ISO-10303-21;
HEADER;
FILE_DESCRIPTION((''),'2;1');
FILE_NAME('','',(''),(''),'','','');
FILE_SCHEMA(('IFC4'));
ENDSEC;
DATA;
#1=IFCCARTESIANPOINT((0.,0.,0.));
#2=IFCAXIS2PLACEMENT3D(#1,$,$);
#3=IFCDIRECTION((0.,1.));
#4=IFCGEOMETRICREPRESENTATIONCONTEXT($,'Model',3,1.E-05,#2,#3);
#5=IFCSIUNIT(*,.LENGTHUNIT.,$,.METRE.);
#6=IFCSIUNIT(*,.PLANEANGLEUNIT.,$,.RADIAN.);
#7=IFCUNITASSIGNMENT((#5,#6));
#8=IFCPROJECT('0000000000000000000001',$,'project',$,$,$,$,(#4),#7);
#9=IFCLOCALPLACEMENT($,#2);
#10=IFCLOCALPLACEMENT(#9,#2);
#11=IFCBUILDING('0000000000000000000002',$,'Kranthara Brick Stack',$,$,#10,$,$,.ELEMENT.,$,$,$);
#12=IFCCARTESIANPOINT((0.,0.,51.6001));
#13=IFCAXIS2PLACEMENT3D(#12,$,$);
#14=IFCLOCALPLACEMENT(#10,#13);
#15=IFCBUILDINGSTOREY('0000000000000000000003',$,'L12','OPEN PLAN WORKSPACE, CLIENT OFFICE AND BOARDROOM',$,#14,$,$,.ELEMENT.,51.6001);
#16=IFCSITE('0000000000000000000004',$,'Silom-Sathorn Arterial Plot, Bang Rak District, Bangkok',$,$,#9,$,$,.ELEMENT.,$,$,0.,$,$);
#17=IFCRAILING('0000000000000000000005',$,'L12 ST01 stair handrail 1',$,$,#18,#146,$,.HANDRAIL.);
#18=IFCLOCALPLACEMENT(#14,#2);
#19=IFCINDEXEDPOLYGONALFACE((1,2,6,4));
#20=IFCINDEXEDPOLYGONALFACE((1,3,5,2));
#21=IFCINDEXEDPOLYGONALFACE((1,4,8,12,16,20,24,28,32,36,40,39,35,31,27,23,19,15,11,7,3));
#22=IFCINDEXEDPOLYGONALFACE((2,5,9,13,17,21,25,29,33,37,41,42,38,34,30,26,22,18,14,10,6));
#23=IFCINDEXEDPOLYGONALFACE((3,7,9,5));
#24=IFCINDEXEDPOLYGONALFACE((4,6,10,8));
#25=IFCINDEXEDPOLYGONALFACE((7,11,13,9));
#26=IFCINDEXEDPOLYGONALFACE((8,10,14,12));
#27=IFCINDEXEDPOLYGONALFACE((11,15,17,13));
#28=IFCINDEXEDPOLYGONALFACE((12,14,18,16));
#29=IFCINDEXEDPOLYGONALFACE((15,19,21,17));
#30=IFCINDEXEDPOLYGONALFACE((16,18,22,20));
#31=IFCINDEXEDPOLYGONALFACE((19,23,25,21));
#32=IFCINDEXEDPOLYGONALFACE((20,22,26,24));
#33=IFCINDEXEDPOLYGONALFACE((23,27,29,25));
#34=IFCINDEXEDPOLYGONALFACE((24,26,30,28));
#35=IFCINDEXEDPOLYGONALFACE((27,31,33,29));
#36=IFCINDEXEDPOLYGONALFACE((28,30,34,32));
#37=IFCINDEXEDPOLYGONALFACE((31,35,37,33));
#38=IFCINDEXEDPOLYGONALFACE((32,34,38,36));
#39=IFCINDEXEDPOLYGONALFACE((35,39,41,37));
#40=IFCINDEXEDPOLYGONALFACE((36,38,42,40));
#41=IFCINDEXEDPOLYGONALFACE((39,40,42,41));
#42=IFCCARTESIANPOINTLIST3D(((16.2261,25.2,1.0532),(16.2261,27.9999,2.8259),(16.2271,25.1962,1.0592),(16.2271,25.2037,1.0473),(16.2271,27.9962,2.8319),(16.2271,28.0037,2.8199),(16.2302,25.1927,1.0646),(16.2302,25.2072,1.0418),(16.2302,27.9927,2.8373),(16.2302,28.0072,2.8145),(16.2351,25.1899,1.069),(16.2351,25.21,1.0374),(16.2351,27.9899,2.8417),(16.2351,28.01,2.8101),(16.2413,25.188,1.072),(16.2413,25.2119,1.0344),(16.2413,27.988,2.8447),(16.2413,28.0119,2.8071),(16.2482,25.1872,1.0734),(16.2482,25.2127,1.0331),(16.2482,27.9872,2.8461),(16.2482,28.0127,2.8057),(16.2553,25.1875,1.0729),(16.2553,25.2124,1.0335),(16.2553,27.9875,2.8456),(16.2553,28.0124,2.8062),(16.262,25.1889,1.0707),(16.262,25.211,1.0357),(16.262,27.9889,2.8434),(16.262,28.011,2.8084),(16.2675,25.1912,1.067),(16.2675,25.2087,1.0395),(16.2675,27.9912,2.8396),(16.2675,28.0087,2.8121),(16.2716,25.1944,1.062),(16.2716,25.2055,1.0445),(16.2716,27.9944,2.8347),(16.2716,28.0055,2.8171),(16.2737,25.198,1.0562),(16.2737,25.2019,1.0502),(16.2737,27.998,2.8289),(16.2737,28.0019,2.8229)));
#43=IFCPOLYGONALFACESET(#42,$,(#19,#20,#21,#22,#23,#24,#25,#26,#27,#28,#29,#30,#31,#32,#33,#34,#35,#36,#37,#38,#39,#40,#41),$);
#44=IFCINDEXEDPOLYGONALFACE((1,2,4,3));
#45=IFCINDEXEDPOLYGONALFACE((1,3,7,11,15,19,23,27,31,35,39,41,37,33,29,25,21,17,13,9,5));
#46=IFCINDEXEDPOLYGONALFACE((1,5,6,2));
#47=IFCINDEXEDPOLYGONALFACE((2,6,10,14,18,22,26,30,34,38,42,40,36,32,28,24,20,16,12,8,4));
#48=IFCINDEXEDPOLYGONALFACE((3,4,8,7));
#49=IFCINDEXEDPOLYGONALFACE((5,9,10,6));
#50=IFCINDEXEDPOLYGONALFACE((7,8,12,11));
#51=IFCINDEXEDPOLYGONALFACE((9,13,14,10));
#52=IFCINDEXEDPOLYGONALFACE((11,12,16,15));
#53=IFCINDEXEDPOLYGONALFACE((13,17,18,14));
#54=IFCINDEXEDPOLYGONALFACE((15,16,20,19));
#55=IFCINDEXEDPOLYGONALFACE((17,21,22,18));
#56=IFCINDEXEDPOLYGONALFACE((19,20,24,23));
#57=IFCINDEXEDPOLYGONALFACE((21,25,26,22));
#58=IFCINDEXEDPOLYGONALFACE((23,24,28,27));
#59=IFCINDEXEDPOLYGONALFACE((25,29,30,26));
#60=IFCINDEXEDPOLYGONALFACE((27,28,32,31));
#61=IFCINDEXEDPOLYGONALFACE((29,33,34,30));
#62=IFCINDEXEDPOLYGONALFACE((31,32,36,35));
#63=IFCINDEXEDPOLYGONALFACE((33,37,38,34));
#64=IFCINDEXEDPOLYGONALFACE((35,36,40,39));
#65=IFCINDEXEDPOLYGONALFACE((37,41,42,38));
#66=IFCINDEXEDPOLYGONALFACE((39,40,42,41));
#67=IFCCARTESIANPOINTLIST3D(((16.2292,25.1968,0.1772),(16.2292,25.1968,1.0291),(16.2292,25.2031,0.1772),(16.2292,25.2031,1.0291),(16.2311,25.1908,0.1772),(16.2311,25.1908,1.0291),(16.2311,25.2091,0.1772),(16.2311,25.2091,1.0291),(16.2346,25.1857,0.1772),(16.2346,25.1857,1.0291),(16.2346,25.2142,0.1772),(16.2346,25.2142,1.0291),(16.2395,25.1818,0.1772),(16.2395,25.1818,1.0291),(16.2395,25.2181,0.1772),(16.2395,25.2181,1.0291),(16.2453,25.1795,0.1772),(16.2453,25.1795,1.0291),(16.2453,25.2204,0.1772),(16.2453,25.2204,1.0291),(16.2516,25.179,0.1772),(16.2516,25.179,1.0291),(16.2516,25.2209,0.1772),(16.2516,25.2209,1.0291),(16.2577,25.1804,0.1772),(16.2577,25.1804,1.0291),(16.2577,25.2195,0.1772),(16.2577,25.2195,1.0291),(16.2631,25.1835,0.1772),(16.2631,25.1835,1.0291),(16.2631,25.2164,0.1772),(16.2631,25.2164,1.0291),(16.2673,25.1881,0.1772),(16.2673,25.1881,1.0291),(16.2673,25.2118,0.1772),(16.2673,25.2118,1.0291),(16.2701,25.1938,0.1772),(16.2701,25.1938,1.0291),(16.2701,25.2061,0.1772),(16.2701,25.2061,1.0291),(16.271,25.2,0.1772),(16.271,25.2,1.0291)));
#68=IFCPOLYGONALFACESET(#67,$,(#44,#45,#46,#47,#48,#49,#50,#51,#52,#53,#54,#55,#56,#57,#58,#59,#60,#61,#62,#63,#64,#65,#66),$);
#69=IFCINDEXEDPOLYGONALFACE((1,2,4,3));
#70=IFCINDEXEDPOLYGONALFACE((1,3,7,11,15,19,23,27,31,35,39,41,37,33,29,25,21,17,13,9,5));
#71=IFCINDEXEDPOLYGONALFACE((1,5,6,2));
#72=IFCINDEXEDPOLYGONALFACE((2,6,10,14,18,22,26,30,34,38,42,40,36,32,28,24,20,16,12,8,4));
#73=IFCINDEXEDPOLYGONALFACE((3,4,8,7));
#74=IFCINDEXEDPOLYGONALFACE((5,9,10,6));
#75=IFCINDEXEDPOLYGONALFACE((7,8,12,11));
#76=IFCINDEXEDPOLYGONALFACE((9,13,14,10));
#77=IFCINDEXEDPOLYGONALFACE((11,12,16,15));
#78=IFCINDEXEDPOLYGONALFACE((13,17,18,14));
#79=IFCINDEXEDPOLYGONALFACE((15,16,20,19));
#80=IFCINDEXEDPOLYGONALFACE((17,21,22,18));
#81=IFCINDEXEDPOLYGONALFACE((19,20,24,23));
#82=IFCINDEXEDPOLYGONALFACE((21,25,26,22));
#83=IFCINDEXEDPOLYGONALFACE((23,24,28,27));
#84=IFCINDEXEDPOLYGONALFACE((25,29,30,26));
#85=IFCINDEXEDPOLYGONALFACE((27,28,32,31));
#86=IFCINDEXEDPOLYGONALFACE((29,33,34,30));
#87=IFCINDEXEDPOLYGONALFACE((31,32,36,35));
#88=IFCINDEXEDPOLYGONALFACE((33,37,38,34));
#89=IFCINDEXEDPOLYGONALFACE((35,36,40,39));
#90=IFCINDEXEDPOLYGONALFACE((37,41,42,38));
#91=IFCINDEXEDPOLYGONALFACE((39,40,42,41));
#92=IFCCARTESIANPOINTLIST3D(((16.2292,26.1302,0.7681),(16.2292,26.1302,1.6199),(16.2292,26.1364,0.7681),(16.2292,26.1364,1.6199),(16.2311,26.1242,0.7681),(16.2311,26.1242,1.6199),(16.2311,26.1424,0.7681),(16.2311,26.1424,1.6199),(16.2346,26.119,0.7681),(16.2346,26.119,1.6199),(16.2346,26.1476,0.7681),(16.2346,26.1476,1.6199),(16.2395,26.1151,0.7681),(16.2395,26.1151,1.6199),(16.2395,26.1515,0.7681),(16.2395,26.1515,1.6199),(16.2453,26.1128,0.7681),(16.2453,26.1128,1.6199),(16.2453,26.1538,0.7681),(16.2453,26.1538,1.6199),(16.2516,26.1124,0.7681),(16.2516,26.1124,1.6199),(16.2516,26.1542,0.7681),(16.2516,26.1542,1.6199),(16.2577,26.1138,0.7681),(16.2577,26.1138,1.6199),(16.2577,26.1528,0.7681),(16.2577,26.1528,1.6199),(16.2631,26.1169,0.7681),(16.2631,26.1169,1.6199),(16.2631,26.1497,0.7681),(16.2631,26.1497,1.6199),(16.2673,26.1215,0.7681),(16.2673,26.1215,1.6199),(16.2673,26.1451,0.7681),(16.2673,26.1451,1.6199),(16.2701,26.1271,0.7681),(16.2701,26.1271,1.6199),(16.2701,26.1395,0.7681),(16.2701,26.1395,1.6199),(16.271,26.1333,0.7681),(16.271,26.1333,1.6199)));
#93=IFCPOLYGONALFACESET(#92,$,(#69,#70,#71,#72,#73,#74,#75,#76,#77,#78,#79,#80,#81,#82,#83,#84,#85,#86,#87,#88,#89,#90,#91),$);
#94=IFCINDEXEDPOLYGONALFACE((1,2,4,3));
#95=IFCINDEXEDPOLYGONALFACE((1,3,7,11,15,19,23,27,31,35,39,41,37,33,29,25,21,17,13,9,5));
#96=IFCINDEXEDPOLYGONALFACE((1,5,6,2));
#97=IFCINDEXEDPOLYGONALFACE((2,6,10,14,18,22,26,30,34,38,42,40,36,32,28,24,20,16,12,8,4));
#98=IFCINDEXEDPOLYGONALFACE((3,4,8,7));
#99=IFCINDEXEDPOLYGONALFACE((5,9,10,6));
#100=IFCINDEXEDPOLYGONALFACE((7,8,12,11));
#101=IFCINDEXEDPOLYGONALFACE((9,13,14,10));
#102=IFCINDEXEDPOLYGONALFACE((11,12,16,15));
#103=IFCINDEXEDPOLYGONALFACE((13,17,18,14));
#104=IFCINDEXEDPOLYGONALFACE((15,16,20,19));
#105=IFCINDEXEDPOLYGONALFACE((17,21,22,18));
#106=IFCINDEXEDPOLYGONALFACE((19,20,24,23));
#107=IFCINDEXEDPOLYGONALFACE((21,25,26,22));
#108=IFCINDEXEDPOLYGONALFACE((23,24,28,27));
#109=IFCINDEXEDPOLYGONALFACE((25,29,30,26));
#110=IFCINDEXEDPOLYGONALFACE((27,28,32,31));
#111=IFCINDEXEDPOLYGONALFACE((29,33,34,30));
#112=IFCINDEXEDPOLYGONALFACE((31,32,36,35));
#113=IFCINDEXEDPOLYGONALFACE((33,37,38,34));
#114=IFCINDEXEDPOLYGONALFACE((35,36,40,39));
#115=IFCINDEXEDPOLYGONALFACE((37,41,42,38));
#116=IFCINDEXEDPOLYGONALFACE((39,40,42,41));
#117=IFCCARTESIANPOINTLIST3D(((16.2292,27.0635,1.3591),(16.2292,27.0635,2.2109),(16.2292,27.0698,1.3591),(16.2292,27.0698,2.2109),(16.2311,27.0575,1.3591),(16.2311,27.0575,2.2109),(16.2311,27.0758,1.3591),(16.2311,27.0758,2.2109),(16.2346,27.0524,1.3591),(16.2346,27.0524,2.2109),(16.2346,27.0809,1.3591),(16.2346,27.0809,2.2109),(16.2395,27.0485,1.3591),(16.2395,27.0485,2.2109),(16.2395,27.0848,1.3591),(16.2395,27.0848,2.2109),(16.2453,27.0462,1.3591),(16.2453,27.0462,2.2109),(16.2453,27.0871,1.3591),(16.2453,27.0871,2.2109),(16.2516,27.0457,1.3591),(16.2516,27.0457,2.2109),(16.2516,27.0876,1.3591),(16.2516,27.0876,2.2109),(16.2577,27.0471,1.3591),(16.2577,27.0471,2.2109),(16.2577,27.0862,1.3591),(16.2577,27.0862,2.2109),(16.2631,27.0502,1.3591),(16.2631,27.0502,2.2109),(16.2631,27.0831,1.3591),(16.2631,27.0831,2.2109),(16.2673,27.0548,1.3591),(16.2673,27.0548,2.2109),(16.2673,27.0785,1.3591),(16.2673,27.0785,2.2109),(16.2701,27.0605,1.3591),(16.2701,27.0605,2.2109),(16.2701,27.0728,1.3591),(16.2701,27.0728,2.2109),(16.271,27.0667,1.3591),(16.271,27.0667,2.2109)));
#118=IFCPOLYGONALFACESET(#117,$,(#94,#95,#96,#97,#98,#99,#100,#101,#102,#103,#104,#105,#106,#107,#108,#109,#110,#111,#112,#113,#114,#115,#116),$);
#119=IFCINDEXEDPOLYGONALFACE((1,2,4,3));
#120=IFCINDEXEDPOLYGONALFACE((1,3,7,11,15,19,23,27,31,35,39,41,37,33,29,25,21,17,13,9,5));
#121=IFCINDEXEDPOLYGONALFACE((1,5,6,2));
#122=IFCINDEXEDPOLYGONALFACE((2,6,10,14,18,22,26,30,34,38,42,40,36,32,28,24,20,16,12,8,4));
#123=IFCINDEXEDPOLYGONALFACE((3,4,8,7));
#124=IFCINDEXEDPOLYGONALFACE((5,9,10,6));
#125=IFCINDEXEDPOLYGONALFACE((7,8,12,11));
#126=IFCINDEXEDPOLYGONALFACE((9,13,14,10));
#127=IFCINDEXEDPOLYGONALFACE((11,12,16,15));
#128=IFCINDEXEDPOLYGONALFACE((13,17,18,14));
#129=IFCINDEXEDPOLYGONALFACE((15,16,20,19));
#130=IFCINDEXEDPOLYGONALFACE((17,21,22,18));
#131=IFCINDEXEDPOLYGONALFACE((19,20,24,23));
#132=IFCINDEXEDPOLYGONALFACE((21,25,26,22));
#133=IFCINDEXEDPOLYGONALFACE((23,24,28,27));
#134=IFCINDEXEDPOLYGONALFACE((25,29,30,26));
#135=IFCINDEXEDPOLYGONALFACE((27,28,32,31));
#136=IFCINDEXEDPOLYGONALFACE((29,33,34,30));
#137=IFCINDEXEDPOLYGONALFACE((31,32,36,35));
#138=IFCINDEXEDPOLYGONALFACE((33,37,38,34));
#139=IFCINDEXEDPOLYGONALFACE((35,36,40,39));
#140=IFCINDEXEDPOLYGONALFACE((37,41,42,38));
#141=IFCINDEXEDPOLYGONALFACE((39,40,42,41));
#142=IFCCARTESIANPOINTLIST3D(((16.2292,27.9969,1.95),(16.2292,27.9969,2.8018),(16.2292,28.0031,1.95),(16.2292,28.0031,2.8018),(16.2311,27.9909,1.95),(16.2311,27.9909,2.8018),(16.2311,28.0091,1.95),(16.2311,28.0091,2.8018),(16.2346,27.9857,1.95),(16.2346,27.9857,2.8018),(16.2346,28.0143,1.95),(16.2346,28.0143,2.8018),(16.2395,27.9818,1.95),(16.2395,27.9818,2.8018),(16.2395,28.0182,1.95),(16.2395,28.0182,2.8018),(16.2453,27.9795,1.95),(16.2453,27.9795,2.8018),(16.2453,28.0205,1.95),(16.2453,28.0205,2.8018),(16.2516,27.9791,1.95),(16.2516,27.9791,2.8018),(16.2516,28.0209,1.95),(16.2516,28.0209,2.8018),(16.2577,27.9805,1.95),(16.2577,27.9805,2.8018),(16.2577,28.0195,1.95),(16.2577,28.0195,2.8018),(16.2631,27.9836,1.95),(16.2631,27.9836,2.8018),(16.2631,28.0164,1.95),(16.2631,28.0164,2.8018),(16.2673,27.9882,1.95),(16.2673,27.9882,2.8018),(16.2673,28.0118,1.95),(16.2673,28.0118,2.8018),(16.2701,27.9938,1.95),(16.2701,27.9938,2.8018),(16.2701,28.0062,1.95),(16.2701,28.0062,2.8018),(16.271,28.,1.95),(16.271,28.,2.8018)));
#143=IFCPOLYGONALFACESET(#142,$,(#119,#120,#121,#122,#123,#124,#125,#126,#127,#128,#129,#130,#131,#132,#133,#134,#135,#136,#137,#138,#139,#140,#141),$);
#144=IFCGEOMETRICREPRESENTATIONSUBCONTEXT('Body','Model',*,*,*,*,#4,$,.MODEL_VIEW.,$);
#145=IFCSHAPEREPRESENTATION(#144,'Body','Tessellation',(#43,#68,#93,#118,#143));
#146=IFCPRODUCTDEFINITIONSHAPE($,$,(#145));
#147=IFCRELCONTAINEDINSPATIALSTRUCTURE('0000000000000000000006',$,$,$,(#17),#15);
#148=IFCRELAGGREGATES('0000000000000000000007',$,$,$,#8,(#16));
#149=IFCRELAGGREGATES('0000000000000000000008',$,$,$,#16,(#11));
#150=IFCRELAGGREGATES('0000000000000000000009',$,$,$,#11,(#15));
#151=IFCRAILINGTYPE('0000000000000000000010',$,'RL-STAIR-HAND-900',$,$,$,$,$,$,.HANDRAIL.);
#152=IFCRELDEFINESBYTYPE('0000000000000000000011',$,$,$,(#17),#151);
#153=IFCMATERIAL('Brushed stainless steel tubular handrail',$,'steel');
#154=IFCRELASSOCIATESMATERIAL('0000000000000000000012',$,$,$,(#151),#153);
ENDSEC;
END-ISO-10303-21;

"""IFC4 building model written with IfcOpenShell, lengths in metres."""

from ifc_helpers import new_model, si_unit, direction, frame, origin, origin_2d, place, context, subcontext, project, spatial, circle, extrude, material, type_object, element, save


model = new_model("IFC4")

# Units and contexts
model_context = context("Model", 3, precision=1e-05, world=origin(), true_north=direction((0.0, 1.0)))
body_context = subcontext(model_context, "Body", "Model", "MODEL_VIEW")
ifc_project = project(units=[si_unit("LENGTHUNIT", "METRE"), si_unit("PLANEANGLEUNIT", "RADIAN")], contexts=[model_context])

# Site, building, storey
site_placement = place(None, origin())
site = spatial("IfcSite", under=ifc_project, at=site_placement, Name="Silom-Sathorn Arterial Plot, Bang Rak District, Bangkok", CompositionType="ELEMENT", RefElevation=0.0)
building_placement = place(site_placement, origin())
building = spatial("IfcBuilding", under=site, at=building_placement, Name="Kranthara Brick Stack", CompositionType="ELEMENT")
storey_placement = place(building_placement, frame((0.0, 0.0, 51.6001)))
storey = spatial("IfcBuildingStorey", under=building, at=storey_placement, Name="L12", Description="OPEN PLAN WORKSPACE, CLIENT OFFICE AND BOARDROOM", CompositionType="ELEMENT", Elevation=51.6001)

# Railing
ifc_material_1 = material(Name="Brushed stainless steel tubular handrail", Category="steel")
railing_type_1 = type_object("IfcRailingType", Name="RL-STAIR-HAND-900", PredefinedType="HANDRAIL", material=ifc_material_1)
railing_1_placement = place(storey_placement, frame((16.25, 25.2, 0.1772)))
element("IfcRailing", 1, at=railing_1_placement, inside=storey, type_object=railing_type_1, Name="L12 ST01 stair handrail 1", PredefinedType="HANDRAIL", context=body_context, shape_type="SweptSolid", body=[
    extrude(circle(Radius=0.0239, at=origin_2d()), frame((0.0, 0.0, 0.876), z_axis=(0.0, 0.844909, 0.53491), x_axis=(-1.0, 0.0, 0.0)), (0.0, 0.0, 1.0), 3.314),
    extrude(circle(Radius=0.021, at=origin_2d()), origin(), (0.0, 0.0, 1.0), 0.8518),
    extrude(circle(Radius=0.021, at=origin_2d()), frame((0.0, 0.9333, 0.5908)), (0.0, 0.0, 1.0), 0.8518),
    extrude(circle(Radius=0.021, at=origin_2d()), frame((0.0, 1.8667, 1.1819)), (0.0, 0.0, 1.0), 0.8518),
    extrude(circle(Radius=0.021, at=origin_2d()), frame((0.0, 2.8, 1.7727)), (0.0, 0.0, 1.0), 0.8518),
])

save(model, "model.ifc")
